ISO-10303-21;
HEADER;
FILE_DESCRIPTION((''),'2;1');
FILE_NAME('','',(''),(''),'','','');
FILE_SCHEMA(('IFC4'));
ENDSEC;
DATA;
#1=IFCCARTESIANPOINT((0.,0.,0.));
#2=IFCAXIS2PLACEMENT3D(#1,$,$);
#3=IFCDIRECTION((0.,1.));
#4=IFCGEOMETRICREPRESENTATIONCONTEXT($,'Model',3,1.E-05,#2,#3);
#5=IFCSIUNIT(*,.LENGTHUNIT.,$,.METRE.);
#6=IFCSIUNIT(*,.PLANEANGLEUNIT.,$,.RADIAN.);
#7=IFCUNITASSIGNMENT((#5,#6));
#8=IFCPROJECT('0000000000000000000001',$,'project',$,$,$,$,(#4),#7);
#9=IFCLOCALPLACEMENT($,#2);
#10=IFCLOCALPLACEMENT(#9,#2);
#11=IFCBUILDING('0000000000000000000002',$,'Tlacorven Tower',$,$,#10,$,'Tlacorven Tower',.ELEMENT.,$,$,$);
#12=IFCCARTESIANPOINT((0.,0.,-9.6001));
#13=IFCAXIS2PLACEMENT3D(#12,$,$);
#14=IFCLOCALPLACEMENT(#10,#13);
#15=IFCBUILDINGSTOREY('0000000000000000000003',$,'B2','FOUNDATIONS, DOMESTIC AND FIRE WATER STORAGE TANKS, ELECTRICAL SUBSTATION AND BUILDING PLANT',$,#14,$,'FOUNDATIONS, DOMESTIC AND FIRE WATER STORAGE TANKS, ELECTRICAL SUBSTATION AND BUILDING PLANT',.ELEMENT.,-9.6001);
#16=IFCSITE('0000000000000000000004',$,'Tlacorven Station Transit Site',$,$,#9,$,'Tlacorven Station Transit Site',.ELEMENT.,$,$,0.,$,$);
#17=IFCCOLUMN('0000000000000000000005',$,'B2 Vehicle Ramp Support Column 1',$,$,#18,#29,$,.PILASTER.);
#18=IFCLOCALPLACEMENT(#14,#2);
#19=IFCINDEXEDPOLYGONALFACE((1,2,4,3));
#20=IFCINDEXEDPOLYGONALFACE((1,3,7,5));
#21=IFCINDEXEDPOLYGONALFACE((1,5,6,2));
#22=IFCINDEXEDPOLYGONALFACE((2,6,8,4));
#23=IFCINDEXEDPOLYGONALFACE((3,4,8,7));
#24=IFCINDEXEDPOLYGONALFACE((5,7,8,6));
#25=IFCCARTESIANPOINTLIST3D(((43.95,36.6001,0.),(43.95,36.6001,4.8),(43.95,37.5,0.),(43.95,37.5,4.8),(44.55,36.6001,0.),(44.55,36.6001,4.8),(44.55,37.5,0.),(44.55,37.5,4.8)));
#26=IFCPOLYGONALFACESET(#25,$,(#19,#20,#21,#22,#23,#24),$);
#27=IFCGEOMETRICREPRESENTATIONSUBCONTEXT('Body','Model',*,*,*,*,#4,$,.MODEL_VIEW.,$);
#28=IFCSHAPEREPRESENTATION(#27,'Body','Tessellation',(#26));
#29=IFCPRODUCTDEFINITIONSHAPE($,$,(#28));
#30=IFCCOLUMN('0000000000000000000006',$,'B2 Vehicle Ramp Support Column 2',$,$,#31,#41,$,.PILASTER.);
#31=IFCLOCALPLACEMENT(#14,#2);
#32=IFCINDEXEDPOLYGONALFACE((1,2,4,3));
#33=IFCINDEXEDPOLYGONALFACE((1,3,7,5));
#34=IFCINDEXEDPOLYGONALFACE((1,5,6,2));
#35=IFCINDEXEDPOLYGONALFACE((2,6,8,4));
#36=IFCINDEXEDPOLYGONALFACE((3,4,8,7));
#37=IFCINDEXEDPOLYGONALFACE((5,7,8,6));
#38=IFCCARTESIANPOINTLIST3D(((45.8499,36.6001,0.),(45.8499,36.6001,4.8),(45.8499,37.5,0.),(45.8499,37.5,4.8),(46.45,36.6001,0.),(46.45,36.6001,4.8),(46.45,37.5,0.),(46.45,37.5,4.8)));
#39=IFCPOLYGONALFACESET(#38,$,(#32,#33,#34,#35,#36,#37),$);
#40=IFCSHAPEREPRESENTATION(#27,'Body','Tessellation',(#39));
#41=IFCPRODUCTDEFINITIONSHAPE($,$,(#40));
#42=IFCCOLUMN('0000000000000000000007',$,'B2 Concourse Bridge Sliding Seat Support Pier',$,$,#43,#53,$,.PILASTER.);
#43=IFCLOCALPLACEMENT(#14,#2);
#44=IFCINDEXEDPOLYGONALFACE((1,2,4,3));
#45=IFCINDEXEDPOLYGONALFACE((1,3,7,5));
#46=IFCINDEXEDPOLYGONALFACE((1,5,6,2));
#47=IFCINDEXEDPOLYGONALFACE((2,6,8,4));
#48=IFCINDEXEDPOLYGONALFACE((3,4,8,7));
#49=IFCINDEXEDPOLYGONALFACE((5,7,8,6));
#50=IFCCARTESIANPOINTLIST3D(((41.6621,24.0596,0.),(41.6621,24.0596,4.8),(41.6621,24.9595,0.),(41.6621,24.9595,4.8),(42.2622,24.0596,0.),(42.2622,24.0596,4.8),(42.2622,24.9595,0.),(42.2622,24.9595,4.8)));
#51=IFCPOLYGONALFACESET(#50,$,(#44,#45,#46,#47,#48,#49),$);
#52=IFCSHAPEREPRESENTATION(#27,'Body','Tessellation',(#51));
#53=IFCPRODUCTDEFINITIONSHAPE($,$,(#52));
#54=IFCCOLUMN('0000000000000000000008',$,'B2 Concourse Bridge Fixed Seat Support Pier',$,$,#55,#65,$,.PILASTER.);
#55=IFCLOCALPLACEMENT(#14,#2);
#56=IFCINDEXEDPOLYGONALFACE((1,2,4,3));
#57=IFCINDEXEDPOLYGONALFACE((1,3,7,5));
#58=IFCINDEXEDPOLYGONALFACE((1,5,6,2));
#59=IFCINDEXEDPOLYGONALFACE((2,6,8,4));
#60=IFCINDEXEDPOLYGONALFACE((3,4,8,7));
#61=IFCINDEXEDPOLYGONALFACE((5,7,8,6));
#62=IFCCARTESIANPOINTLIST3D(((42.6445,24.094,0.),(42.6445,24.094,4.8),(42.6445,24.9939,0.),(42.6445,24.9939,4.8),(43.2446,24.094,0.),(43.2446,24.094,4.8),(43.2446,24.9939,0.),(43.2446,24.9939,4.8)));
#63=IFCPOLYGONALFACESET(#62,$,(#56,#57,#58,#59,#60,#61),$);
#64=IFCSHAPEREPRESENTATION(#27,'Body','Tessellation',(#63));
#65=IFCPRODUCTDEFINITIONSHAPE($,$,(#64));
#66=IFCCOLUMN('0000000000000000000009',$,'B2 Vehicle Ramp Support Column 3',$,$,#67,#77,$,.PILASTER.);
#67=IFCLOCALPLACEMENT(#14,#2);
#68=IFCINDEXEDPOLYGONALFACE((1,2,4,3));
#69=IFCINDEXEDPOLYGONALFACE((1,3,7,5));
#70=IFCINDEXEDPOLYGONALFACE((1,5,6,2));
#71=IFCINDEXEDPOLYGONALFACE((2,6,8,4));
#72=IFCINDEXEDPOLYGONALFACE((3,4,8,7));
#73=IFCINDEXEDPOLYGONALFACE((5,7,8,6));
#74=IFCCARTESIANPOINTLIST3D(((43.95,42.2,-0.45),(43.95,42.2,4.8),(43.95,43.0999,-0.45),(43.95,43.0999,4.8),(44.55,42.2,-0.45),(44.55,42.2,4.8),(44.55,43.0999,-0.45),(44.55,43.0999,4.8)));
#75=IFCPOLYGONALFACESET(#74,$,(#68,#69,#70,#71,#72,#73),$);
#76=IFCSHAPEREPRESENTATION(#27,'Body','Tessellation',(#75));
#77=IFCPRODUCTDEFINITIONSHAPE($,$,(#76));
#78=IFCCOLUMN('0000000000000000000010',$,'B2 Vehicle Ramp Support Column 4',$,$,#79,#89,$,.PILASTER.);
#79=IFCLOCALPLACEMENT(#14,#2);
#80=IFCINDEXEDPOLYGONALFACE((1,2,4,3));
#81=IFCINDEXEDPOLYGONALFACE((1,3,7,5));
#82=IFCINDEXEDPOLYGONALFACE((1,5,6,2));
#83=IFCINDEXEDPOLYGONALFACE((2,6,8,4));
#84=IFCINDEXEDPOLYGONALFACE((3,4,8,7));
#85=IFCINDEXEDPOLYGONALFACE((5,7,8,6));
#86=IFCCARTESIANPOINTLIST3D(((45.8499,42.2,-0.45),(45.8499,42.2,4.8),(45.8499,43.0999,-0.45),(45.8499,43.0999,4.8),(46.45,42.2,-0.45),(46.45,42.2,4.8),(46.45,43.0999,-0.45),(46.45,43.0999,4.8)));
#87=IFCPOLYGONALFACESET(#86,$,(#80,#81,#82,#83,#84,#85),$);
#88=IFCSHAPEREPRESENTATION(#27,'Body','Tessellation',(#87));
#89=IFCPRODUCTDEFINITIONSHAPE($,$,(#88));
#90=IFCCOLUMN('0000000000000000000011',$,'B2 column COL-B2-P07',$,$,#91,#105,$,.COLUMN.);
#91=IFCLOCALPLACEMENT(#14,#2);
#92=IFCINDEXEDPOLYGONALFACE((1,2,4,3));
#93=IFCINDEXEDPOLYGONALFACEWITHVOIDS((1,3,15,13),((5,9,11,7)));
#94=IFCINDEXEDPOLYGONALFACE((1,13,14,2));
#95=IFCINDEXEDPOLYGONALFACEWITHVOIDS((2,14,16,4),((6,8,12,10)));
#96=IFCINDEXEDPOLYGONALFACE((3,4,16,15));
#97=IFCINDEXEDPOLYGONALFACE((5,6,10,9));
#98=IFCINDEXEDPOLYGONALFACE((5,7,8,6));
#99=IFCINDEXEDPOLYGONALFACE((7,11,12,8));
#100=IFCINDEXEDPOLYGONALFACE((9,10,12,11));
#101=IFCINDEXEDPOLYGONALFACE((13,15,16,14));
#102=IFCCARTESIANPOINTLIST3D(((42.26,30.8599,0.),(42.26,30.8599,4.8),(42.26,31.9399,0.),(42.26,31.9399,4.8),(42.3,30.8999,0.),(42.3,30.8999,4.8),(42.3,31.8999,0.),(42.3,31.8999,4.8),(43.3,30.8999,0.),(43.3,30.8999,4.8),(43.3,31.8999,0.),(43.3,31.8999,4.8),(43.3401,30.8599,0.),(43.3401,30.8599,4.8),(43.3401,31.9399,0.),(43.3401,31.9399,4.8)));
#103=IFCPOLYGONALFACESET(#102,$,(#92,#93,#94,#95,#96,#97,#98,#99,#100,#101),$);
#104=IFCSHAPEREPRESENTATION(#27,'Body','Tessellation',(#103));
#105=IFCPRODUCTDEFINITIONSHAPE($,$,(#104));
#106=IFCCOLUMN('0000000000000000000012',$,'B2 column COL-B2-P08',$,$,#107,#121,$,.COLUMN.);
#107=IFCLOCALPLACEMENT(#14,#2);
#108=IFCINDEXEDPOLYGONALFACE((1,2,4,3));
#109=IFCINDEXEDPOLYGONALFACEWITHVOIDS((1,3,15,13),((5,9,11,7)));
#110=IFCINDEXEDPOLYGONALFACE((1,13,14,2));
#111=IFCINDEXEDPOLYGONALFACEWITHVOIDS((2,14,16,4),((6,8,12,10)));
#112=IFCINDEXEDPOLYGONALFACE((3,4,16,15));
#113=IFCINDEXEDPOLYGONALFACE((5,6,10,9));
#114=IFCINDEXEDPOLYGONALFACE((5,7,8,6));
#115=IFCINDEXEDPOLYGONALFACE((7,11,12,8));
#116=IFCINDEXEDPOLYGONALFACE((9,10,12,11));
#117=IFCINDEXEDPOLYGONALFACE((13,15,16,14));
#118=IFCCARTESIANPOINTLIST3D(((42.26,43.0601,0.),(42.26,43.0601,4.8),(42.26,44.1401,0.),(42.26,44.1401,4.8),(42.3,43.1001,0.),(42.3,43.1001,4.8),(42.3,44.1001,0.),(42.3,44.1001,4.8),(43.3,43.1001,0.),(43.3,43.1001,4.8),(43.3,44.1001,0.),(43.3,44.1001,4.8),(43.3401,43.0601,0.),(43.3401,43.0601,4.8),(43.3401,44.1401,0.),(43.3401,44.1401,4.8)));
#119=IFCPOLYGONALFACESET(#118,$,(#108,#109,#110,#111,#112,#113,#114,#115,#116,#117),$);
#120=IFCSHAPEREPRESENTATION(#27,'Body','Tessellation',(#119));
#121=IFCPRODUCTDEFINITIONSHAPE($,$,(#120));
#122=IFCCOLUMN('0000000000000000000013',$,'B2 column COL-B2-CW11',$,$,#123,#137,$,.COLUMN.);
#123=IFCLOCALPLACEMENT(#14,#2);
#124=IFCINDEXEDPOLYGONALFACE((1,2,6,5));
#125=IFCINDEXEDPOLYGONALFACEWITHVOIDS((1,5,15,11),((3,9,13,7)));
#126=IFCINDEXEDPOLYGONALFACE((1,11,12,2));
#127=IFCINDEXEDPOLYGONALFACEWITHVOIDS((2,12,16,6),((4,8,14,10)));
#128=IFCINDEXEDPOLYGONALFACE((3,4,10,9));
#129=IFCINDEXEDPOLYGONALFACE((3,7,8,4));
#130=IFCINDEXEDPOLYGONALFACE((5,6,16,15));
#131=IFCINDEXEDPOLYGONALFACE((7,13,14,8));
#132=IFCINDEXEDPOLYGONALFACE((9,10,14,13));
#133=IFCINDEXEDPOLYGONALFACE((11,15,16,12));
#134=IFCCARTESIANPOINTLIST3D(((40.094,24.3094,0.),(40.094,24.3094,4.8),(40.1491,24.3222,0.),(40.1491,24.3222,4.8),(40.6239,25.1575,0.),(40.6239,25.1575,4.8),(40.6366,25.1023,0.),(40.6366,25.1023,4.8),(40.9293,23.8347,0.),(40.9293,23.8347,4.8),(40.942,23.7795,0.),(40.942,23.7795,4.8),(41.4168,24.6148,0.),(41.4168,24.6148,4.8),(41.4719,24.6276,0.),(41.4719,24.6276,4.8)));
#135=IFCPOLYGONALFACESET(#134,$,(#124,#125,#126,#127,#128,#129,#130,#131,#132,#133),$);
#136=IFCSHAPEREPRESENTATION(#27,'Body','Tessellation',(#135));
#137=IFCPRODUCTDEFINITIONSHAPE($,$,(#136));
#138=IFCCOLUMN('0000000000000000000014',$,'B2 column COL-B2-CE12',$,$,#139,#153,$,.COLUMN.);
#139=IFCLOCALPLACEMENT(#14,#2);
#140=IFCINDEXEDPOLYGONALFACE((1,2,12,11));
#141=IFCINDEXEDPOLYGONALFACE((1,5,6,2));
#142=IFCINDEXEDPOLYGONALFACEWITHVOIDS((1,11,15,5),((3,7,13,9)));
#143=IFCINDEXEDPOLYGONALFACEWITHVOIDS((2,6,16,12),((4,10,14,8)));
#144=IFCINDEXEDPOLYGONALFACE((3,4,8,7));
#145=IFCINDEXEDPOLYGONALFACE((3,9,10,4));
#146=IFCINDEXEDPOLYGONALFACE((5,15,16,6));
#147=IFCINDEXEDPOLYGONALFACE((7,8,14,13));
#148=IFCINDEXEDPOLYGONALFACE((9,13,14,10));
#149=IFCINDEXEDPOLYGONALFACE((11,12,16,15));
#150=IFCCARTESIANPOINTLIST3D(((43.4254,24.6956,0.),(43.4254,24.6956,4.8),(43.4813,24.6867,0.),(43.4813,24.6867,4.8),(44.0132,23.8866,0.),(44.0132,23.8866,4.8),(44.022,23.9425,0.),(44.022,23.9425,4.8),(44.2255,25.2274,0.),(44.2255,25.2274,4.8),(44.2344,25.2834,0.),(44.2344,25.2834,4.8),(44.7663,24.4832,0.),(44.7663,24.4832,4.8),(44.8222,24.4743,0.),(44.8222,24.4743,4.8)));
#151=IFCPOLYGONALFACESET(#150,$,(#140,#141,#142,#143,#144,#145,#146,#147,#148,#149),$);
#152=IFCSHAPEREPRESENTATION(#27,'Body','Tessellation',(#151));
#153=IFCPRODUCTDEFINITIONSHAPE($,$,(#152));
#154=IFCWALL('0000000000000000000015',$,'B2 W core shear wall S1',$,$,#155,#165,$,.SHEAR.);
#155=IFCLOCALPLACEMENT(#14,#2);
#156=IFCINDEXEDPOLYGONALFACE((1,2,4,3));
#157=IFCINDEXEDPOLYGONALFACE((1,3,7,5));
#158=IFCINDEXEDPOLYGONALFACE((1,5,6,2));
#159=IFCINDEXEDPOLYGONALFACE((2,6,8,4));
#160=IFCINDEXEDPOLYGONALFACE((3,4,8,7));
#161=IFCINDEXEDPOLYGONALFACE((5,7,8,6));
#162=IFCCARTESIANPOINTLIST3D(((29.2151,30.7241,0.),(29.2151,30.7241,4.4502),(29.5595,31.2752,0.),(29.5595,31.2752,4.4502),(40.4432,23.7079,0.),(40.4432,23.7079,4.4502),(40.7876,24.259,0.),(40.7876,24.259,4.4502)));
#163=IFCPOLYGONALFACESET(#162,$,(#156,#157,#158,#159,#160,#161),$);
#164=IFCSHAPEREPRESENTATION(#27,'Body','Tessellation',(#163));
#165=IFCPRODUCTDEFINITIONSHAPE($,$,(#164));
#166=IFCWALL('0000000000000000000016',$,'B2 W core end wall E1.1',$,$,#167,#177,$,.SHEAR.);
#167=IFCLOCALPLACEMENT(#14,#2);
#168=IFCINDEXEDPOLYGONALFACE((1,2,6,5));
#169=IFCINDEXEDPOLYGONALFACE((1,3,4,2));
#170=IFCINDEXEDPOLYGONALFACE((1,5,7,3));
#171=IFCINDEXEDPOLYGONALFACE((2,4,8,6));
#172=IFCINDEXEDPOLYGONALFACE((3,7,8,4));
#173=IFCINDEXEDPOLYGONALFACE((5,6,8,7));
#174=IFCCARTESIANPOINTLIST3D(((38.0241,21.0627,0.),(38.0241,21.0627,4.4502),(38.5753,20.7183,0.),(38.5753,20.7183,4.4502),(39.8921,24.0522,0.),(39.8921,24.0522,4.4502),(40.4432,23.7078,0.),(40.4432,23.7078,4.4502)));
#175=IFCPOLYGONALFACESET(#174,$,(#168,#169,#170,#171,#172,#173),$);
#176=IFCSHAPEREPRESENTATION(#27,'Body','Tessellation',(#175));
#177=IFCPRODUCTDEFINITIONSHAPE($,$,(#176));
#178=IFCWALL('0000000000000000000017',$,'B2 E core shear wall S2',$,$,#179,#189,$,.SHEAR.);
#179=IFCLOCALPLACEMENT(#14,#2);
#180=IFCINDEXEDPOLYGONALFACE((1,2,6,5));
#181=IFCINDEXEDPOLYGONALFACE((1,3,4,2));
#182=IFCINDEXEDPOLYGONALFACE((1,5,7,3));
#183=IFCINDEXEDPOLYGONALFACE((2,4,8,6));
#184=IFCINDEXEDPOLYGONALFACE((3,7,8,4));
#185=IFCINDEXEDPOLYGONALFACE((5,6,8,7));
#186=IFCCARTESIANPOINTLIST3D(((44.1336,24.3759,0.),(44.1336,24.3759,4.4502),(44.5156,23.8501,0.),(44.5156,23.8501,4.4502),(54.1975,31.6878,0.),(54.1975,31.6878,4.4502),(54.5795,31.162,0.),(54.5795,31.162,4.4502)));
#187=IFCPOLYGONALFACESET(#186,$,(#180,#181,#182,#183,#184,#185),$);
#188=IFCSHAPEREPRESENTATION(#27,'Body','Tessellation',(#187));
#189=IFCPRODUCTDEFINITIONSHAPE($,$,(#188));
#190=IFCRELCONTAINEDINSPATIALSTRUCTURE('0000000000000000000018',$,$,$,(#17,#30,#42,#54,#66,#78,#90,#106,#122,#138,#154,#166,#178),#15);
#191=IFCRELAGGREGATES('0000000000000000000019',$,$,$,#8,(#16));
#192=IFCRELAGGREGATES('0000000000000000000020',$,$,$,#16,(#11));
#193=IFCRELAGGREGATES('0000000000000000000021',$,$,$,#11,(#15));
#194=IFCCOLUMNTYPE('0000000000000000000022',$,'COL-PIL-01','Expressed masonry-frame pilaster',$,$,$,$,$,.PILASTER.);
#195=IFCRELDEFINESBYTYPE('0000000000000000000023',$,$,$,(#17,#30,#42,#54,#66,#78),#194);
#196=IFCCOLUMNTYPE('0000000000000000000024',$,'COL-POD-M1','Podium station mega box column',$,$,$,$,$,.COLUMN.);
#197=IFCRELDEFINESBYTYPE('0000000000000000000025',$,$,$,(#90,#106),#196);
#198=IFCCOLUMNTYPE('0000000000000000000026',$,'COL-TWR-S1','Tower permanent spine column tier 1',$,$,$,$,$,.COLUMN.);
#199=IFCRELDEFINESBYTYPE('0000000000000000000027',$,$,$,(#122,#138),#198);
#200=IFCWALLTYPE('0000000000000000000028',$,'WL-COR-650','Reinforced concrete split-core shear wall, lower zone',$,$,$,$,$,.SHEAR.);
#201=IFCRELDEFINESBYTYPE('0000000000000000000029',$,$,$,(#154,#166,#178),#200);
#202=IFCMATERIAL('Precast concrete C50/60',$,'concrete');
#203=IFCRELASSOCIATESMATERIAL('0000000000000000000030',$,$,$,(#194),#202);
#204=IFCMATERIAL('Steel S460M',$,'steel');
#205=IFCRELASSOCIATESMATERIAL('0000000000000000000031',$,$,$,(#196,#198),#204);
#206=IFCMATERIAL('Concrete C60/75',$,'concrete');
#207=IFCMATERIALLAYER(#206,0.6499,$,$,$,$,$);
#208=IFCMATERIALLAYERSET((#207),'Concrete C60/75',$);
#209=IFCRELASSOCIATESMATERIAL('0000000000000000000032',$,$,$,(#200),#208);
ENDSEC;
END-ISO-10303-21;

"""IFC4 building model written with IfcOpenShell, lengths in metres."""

from ifc_helpers import new_model, si_unit, direction, frame, frame_2d, origin, origin_2d, place, context, subcontext, project, spatial, rectangle, hollow_rectangle, extrude, source, transform, mapped, material, layer, layer_set, material_profile, profile_set, type_object, element, save


model = new_model("IFC4")

# Units and contexts
model_context = context("Model", 3, precision=1e-05, world=origin(), true_north=direction((0.0, 1.0)))
body_context = subcontext(model_context, "Body", "Model", "MODEL_VIEW")
ifc_project = project(units=[si_unit("LENGTHUNIT", "METRE"), si_unit("PLANEANGLEUNIT", "RADIAN")], contexts=[model_context])

# Site, building, storey
site_placement = place(None, origin())
site = spatial("IfcSite", under=ifc_project, at=site_placement, Name="Tlacorven Station Transit Site", LongName="Tlacorven Station Transit Site", CompositionType="ELEMENT", RefElevation=0.0)
building_placement = place(site_placement, origin())
building = spatial("IfcBuilding", under=site, at=building_placement, Name="Tlacorven Tower", LongName="Tlacorven Tower", CompositionType="ELEMENT")
storey_placement = place(building_placement, frame((0.0, 0.0, -9.6001)))
storey = spatial("IfcBuildingStorey", under=building, at=storey_placement, Name="B2", Description="FOUNDATIONS, DOMESTIC AND FIRE WATER STORAGE TANKS, ELECTRICAL SUBSTATION AND BUILDING PLANT", LongName="FOUNDATIONS, DOMESTIC AND FIRE WATER STORAGE TANKS, ELECTRICAL SUBSTATION AND BUILDING PLANT", CompositionType="ELEMENT", Elevation=-9.6001)

# Columns
ifc_material_1 = material(Name="Precast concrete C50/60", Category="concrete")
ifc_material_profile_1 = material_profile(ifc_material_1, rectangle(XDim=0.6001, YDim=0.8999, at=origin_2d()), Name="RC 600X900")
ifc_profile_set_1 = profile_set([ifc_material_profile_1], Name="Precast concrete C50/60")
column_type_1 = type_object("IfcColumnType", Name="COL-PIL-01", Description="Expressed masonry-frame pilaster", PredefinedType="PILASTER", material=ifc_profile_set_1)
shared_shape_1 = source(origin(), body_context, "Body", "SweptSolid", [
    extrude(rectangle(XDim=0.6001, YDim=0.8999, at=origin_2d()), origin(), (0.0, 0.0, 1.0), 4.8),
])
for number, where, z_axis, x_axis, name in (
    (1, (44.25, 37.05, 0.0), (0.0, 0.0, 1.0), (1.0, 0.0, 0.0), "B2 Vehicle Ramp Support Column 1"),
    (2, (46.1499, 37.05, 0.0), (0.0, 0.0, 1.0), (1.0, 0.0, 0.0), "B2 Vehicle Ramp Support Column 2"),
    (3, (41.9622, 24.5095, 0.0), (0.0, 0.0, 1.0), (1.0, 0.0, 0.0), "B2 Concourse Bridge Sliding Seat Support Pier"),
    (4, (42.9446, 24.5439, 0.0), (0.0, 0.0, 1.0), (1.0, 0.0, 0.0), "B2 Concourse Bridge Fixed Seat Support Pier"),
):
    element("IfcColumn", number, at=place(storey_placement, frame(where, z_axis=z_axis, x_axis=x_axis)), inside=storey, type_object=column_type_1, Name=name, PredefinedType="PILASTER", context=body_context, shape_type="MappedRepresentation", body=[
        mapped(shared_shape_1, transform((0.0, 0.0, 0.0), scale=1.0)),
    ])
shared_shape_2 = source(origin(), body_context, "Body", "SweptSolid", [
    extrude(rectangle(XDim=0.6001, YDim=0.8999, at=origin_2d()), origin(), (0.0, 0.0, 1.0), 5.25),
])
for number, where, z_axis, x_axis, name in (
    (5, (44.25, 42.6499, -0.45), (0.0, 0.0, 1.0), (1.0, 0.0, 0.0), "B2 Vehicle Ramp Support Column 3"),
    (6, (46.1499, 42.6499, -0.45), (0.0, 0.0, 1.0), (1.0, 0.0, 0.0), "B2 Vehicle Ramp Support Column 4"),
):
    element("IfcColumn", number, at=place(storey_placement, frame(where, z_axis=z_axis, x_axis=x_axis)), inside=storey, type_object=column_type_1, Name=name, PredefinedType="PILASTER", context=body_context, shape_type="MappedRepresentation", body=[
        mapped(shared_shape_2, transform((0.0, 0.0, 0.0), scale=1.0)),
    ])
ifc_material_2 = material(Name="Steel S460M", Category="steel")
ifc_material_profile_2 = material_profile(ifc_material_2, hollow_rectangle(XDim=1.0801, YDim=1.0801, WallThickness=0.04, at=origin_2d()), Name="BOX 1080X1080X40")
ifc_profile_set_2 = profile_set([ifc_material_profile_2], Name="Steel S460M")
column_type_2 = type_object("IfcColumnType", Name="COL-POD-M1", Description="Podium station mega box column", PredefinedType="COLUMN", material=ifc_profile_set_2)
shared_shape_3 = source(origin(), body_context, "Body", "SweptSolid", [
    extrude(hollow_rectangle(XDim=1.0801, YDim=1.0801, WallThickness=0.04, at=origin_2d()), origin(), (0.0, 0.0, 1.0), 4.8),
])
for number, where, z_axis, x_axis, name in (
    (7, (42.8, 31.3999, 0.0), (0.0, 0.0, 1.0), (1.0, 0.0, 0.0), "B2 column COL-B2-P07"),
    (8, (42.8, 43.6001, 0.0), (0.0, 0.0, 1.0), (1.0, 0.0, 0.0), "B2 column COL-B2-P08"),
):
    element("IfcColumn", number, at=place(storey_placement, frame(where, z_axis=z_axis, x_axis=x_axis)), inside=storey, type_object=column_type_2, Name=name, PredefinedType="COLUMN", context=body_context, shape_type="MappedRepresentation", body=[
        mapped(shared_shape_3, transform((0.0, 0.0, 0.0), scale=1.0)),
    ])
ifc_material_profile_3 = material_profile(ifc_material_2, hollow_rectangle(XDim=1.0, YDim=1.0, WallThickness=0.04, at=origin_2d()), Name="BOX 1000X1000X40")
ifc_profile_set_3 = profile_set([ifc_material_profile_3], Name="Steel S460M")
column_type_3 = type_object("IfcColumnType", Name="COL-TWR-S1", Description="Tower permanent spine column tier 1", PredefinedType="COLUMN", material=ifc_profile_set_3)
shared_shape_4 = source(origin(), body_context, "Body", "SweptSolid", [
    extrude(hollow_rectangle(XDim=1.0, YDim=1.0, WallThickness=0.04, at=origin_2d()), origin(), (0.0, 0.0, 1.0), 4.8),
])
for number, where, z_axis, x_axis, name in (
    (9, (40.783, 24.4685, 0.0), (0.0, 0.0, 1.0), (-0.848048, 0.529919, 0.0), "B2 column COL-B2-CW11"),
    (10, (44.1238, 24.585, 0.0), (0.0, 0.0, 1.0), (0.809017, 0.587785, 0.0), "B2 column COL-B2-CE12"),
):
    element("IfcColumn", number, at=place(storey_placement, frame(where, z_axis=z_axis, x_axis=x_axis)), inside=storey, type_object=column_type_3, Name=name, PredefinedType="COLUMN", context=body_context, shape_type="MappedRepresentation", body=[
        mapped(shared_shape_4, transform((0.0, 0.0, 0.0), scale=1.0)),
    ])

# Walls
ifc_material_3 = material(Name="Concrete C60/75", Category="concrete")
ifc_layer_1 = layer(ifc_material_3, 0.6499)
ifc_layer_set_1 = layer_set([ifc_layer_1], Name="Concrete C60/75")
wall_type_1 = type_object("IfcWallType", Name="WL-COR-650", Description="Reinforced concrete split-core shear wall, lower zone", PredefinedType="SHEAR", material=ifc_layer_set_1)
wall_1_placement = place(storey_placement, frame((40.6155, 23.9834, 0.0), z_axis=(0.0, 0.0, 1.0), x_axis=(-0.848046, 0.529923, 0.0)))
element("IfcWall", 11, at=wall_1_placement, inside=storey, type_object=wall_type_1, Name="B2 W core shear wall S1", PredefinedType="SHEAR", context=body_context, shape_type="SweptSolid", body=[
    extrude(rectangle(XDim=13.24, YDim=0.6499, at=frame_2d((6.6201, 0.0))), origin(), (0.0, 0.0, 1.0), 4.4502),
])
wall_2_placement = place(storey_placement, frame((40.1677, 23.8801, 0.0), z_axis=(0.0, 0.0, 1.0), x_axis=(-0.529893, -0.848064, 0.0)))
element("IfcWall", 12, at=wall_2_placement, inside=storey, type_object=wall_type_1, Name="B2 W core end wall E1.1", PredefinedType="SHEAR", context=body_context, shape_type="SweptSolid", body=[
    extrude(rectangle(XDim=3.5251, YDim=0.6499, at=frame_2d((1.7627, 0.0))), origin(), (0.0, 0.0, 1.0), 4.4502),
])
wall_3_placement = place(storey_placement, frame((44.3247, 24.113, 0.0), z_axis=(0.0, 0.0, 1.0), x_axis=(0.809013, 0.587791, 0.0)))
element("IfcWall", 13, at=wall_3_placement, inside=storey, type_object=wall_type_1, Name="B2 E core shear wall S2", PredefinedType="SHEAR", context=body_context, shape_type="SweptSolid", body=[
    extrude(rectangle(XDim=12.4397, YDim=0.6499, at=frame_2d((6.2197, 0.0))), origin(), (0.0, 0.0, 1.0), 4.4502),
])

save(model, "model.ifc")
